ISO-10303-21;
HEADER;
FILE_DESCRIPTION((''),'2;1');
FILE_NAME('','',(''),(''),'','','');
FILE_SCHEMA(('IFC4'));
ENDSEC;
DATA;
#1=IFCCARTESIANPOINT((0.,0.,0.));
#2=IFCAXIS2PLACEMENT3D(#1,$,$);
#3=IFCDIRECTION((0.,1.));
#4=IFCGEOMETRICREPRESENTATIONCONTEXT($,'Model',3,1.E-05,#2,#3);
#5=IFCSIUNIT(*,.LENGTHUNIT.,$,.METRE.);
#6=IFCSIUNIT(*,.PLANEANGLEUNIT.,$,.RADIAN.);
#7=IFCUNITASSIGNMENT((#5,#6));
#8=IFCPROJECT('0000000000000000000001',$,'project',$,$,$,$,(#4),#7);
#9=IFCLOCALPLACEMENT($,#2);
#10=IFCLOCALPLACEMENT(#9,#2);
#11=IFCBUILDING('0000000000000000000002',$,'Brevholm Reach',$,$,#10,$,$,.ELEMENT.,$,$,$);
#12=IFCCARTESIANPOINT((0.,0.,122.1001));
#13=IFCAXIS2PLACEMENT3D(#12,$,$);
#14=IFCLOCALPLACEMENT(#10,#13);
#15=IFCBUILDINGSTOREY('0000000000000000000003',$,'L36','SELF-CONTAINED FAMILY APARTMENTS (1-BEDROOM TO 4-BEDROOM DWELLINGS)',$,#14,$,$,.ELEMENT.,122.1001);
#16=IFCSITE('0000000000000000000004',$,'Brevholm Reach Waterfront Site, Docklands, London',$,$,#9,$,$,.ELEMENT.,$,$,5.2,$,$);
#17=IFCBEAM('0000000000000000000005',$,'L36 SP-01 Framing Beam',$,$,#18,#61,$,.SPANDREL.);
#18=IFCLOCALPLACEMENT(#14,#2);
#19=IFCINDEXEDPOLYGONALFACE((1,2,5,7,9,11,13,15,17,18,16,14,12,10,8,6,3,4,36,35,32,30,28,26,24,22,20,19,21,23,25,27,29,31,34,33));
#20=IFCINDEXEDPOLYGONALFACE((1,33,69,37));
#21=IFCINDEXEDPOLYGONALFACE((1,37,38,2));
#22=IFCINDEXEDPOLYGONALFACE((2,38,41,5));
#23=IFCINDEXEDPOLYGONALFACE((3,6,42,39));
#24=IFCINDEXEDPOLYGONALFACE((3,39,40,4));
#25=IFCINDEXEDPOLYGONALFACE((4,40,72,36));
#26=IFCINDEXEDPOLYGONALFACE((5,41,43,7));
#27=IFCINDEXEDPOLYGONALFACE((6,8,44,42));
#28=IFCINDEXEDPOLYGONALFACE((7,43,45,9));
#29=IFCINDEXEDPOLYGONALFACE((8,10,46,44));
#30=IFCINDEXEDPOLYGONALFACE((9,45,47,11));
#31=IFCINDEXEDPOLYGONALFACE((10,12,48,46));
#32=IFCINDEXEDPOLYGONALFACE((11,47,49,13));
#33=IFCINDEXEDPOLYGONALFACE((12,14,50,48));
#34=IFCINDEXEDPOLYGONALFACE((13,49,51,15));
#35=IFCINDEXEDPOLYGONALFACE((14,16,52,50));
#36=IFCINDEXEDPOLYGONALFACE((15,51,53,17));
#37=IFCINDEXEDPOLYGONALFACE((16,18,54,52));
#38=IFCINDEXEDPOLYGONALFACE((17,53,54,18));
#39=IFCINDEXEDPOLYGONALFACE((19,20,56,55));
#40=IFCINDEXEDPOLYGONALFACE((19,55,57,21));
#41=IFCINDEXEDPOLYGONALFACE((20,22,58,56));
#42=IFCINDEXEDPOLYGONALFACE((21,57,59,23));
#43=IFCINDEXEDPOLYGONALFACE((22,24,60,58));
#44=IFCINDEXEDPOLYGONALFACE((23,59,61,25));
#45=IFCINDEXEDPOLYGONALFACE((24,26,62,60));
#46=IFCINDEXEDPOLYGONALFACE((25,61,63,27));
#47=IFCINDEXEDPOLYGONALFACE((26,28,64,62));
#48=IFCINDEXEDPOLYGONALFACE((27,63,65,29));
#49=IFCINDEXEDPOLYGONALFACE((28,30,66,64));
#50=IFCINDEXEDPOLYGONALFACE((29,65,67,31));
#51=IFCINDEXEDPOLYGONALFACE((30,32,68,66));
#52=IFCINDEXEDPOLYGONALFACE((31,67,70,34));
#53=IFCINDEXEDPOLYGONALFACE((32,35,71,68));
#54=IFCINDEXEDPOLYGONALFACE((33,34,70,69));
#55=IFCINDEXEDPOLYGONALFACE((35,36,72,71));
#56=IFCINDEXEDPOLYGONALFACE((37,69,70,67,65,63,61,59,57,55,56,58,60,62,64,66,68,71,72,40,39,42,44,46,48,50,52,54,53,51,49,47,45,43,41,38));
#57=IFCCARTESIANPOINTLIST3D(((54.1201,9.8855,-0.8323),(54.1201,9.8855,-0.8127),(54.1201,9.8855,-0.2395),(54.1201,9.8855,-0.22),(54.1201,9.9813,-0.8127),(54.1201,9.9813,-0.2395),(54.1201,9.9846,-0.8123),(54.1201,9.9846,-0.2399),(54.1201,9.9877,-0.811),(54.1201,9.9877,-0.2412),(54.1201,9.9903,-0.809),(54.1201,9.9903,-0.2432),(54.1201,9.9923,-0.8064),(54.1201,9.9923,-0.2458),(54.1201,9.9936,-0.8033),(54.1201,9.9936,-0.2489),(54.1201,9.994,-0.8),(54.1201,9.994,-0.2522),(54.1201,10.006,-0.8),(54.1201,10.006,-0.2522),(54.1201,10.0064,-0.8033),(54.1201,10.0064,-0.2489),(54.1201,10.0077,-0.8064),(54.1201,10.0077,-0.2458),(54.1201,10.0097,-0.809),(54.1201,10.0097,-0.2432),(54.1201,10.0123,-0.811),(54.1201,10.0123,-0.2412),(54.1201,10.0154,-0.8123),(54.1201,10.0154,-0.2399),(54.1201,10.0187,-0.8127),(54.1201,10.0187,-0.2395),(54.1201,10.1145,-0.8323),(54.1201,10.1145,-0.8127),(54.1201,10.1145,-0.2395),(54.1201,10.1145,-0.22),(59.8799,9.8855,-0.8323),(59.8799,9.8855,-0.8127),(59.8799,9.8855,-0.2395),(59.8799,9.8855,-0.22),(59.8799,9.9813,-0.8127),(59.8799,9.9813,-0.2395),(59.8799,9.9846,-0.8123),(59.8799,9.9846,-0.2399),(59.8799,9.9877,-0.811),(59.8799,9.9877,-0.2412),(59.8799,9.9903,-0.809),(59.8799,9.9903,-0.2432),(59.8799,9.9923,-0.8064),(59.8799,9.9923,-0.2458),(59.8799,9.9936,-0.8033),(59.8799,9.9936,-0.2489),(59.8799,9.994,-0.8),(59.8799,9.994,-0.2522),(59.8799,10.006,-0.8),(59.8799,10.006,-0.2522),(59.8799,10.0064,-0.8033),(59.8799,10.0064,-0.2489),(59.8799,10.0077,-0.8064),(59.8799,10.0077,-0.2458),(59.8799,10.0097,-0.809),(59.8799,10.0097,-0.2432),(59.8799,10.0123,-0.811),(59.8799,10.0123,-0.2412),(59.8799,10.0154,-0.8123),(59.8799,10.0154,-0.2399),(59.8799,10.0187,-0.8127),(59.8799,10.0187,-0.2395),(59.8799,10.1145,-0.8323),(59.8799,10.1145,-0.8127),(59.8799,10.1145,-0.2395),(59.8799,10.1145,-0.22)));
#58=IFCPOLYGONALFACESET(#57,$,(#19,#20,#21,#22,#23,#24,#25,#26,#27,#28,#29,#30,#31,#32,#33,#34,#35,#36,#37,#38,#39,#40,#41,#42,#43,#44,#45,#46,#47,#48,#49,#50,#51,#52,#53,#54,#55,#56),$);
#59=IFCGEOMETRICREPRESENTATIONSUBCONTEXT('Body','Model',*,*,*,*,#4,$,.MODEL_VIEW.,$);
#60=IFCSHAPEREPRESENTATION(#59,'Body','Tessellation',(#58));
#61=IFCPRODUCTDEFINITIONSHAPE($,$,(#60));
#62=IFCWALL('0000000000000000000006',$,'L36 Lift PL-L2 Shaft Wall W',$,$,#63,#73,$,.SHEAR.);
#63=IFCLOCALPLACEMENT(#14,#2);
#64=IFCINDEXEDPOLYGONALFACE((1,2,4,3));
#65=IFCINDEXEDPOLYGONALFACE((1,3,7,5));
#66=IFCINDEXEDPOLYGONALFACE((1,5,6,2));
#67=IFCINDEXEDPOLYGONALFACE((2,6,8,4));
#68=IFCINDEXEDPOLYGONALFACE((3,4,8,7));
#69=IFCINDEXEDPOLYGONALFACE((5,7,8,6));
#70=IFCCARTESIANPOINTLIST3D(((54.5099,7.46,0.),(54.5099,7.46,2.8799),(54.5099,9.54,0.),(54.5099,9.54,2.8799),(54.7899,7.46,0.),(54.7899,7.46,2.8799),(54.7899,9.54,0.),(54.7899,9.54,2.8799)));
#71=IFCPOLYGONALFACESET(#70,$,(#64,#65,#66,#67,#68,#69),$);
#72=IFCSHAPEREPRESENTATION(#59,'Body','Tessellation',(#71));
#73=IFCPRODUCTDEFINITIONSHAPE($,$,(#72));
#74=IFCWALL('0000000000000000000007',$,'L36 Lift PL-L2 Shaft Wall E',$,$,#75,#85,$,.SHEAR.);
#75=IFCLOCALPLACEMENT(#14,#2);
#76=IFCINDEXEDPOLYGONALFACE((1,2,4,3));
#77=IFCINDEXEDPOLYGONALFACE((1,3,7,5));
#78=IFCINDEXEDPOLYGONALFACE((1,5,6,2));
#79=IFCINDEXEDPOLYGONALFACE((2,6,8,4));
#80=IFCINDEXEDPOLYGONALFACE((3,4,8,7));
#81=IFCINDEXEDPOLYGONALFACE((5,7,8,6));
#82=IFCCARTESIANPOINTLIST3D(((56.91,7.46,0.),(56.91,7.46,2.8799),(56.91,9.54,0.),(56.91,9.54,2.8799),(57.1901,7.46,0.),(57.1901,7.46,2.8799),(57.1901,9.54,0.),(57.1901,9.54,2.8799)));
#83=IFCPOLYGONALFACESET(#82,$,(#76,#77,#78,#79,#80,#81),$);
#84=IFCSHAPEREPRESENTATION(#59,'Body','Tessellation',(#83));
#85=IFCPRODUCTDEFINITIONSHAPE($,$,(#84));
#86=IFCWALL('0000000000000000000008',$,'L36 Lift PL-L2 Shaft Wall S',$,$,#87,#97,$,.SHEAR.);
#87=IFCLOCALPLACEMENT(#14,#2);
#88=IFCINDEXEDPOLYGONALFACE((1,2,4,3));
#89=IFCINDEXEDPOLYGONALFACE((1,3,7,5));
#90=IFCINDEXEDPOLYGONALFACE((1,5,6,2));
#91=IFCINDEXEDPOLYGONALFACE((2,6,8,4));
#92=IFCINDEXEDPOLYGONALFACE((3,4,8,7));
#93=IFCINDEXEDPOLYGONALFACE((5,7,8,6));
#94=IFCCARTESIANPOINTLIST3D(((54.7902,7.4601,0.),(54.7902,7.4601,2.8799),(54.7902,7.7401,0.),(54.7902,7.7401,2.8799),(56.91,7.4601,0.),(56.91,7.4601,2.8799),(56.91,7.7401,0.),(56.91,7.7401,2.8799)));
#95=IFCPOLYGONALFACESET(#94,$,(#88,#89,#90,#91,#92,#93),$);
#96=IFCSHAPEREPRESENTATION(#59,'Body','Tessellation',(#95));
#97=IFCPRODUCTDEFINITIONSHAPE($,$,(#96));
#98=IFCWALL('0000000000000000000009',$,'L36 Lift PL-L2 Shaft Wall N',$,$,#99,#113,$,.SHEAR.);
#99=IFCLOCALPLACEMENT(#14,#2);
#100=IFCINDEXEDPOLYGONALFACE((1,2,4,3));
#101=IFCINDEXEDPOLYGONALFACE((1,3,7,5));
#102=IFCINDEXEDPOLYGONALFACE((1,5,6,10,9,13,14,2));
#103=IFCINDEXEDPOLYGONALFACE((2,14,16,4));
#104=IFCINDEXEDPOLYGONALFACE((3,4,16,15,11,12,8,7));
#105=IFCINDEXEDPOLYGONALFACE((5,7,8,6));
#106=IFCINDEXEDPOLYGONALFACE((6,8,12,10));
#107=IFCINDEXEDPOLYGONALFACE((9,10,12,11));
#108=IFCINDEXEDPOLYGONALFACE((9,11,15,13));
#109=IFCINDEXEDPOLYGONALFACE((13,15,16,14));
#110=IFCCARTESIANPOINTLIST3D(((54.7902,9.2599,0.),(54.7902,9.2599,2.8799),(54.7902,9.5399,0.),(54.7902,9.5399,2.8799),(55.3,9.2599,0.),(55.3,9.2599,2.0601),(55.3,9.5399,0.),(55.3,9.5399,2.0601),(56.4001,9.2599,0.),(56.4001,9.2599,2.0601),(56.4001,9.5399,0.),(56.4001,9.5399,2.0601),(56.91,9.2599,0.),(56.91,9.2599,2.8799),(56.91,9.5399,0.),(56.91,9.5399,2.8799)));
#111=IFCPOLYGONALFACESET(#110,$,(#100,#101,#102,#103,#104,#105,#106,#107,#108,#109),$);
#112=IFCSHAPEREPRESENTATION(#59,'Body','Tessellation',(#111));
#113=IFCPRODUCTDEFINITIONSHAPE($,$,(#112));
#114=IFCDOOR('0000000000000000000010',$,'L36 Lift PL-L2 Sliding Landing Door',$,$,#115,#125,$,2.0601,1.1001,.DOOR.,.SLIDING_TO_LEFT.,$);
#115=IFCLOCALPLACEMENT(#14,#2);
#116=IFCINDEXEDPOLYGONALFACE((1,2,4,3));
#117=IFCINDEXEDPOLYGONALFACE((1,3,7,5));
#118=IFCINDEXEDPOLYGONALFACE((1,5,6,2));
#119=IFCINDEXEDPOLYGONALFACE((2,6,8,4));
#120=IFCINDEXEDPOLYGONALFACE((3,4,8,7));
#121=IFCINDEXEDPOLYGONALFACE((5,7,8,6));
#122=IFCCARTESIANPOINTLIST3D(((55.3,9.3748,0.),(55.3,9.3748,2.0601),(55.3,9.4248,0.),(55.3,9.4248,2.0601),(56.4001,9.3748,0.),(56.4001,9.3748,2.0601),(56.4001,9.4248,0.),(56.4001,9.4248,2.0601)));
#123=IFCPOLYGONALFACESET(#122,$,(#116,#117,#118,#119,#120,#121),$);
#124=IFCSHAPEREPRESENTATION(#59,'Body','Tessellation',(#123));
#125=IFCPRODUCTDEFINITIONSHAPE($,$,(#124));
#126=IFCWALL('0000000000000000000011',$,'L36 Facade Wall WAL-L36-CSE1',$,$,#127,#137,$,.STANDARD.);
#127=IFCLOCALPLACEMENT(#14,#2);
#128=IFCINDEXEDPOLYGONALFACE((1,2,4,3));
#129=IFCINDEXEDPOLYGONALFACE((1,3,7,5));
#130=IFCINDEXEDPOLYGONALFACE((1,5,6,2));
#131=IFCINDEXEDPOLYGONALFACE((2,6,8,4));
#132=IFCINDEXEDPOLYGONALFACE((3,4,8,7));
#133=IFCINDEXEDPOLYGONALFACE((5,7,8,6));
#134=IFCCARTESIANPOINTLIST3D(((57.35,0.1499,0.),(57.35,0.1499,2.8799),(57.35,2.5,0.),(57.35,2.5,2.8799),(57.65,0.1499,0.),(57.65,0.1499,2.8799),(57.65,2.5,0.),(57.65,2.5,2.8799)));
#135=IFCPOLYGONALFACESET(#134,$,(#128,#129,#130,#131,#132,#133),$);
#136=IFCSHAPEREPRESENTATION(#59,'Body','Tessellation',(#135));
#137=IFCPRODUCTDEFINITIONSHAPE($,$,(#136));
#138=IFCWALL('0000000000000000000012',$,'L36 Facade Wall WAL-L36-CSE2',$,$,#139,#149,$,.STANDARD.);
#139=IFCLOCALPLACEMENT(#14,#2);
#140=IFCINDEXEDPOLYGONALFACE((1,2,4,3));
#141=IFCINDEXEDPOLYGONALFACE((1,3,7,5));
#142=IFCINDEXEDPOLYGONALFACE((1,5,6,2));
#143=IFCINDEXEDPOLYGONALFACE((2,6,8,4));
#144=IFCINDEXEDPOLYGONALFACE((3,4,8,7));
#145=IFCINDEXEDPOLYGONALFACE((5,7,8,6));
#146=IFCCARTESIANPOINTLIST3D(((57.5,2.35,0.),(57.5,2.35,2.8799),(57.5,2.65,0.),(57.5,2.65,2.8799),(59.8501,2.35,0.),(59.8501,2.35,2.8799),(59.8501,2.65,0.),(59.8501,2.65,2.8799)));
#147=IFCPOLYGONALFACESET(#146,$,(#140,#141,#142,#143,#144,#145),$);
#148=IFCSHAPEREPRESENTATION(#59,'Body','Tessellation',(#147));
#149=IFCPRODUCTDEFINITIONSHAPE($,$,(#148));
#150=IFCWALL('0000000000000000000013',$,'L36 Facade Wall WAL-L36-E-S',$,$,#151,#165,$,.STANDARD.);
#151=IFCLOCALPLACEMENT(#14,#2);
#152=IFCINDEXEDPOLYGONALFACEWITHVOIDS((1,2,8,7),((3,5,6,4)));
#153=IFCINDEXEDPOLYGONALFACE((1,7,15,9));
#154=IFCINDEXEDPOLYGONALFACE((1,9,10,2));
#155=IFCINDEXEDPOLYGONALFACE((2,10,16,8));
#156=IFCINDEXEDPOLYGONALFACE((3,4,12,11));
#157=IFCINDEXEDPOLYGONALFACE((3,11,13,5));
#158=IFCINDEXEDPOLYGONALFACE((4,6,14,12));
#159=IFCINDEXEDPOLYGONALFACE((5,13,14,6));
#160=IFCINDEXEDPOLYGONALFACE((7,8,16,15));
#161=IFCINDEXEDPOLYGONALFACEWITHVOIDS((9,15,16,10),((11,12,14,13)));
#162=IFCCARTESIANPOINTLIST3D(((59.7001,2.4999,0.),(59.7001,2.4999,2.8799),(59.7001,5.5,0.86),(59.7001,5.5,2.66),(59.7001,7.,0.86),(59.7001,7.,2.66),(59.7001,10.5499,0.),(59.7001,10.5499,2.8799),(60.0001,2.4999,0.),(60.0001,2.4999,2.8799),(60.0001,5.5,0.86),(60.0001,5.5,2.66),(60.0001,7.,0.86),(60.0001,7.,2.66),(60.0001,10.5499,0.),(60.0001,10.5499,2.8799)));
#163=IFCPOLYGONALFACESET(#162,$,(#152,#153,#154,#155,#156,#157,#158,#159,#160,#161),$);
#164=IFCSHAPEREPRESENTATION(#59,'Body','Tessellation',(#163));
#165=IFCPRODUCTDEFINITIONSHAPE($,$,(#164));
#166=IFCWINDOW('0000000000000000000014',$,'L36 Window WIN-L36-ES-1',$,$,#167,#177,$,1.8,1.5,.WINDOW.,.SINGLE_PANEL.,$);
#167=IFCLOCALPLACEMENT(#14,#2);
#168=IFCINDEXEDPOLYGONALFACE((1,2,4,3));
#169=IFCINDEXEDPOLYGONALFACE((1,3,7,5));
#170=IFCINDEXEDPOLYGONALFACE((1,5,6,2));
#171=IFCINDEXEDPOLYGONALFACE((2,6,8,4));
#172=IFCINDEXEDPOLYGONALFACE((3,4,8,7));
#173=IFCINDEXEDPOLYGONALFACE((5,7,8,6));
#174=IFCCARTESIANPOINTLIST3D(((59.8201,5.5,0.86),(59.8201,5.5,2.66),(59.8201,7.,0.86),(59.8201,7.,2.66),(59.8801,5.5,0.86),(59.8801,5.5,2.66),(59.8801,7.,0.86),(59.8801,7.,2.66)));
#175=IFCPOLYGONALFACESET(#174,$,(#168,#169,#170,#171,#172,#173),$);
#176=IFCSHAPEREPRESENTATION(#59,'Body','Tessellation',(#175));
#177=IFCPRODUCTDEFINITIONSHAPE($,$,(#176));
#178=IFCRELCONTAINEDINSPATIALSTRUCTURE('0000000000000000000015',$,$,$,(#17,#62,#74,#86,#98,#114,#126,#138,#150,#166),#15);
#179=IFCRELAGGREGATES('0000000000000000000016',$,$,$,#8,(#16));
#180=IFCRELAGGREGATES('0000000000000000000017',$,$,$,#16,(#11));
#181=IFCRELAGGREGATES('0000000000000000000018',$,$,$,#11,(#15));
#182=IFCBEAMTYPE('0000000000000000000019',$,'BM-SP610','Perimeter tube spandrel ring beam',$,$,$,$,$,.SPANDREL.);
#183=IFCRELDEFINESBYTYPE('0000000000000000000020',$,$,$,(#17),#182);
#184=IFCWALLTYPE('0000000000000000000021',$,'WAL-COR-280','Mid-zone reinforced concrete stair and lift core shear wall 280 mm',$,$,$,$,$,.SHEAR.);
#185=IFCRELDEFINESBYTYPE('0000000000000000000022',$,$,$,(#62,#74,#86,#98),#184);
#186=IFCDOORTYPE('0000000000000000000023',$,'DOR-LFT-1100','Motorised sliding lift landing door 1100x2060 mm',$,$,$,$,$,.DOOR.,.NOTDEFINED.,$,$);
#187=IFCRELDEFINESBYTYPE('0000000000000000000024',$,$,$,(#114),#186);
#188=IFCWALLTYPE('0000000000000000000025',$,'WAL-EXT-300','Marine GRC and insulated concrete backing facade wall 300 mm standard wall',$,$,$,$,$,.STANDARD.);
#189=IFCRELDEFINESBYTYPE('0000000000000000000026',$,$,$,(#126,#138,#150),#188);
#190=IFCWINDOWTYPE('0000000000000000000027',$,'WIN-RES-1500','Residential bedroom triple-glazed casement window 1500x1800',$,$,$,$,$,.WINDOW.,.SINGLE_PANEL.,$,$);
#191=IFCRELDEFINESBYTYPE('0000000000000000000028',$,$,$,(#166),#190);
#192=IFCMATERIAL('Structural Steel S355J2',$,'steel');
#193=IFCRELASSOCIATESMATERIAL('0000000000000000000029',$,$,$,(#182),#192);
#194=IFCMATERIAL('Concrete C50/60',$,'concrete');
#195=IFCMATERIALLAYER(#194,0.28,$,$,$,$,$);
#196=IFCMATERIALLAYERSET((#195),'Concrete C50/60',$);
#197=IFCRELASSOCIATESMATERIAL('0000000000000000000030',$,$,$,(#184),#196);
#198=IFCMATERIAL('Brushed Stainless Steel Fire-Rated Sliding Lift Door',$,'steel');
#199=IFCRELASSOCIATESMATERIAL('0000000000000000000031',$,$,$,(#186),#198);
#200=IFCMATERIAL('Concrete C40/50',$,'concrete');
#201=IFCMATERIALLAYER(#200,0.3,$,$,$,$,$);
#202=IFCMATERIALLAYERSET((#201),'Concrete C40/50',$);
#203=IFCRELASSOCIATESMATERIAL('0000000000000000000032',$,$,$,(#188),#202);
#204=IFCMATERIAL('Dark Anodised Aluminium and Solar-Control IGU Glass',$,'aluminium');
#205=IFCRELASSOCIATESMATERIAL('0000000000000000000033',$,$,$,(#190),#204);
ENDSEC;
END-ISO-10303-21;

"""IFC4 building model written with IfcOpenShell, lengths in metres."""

from ifc_helpers import new_model, si_unit, direction, frame, frame_2d, origin, origin_2d, place, context, subcontext, project, spatial, rectangle, i_section, extrude, material, layer, layer_set, material_profile, profile_set, type_object, element, fill, save


model = new_model("IFC4")

# Units and contexts
model_context = context("Model", 3, precision=1e-05, world=origin(), true_north=direction((0.0, 1.0)))
body_context = subcontext(model_context, "Body", "Model", "MODEL_VIEW")
ifc_project = project(units=[si_unit("LENGTHUNIT", "METRE"), si_unit("PLANEANGLEUNIT", "RADIAN")], contexts=[model_context])

# Site, building, storey
site_placement = place(None, origin())
site = spatial("IfcSite", under=ifc_project, at=site_placement, Name="Brevholm Reach Waterfront Site, Docklands, London", CompositionType="ELEMENT", RefElevation=5.2)
building_placement = place(site_placement, origin())
building = spatial("IfcBuilding", under=site, at=building_placement, Name="Brevholm Reach", CompositionType="ELEMENT")
storey_placement = place(building_placement, frame((0.0, 0.0, 122.1001)))
storey = spatial("IfcBuildingStorey", under=building, at=storey_placement, Name="L36", Description="SELF-CONTAINED FAMILY APARTMENTS (1-BEDROOM TO 4-BEDROOM DWELLINGS)", CompositionType="ELEMENT", Elevation=122.1001)

# Beam
ifc_material_1 = material(Name="Structural Steel S355J2", Category="steel")
ifc_material_profile_1 = material_profile(ifc_material_1, i_section(OverallWidth=0.229, OverallDepth=0.6123, WebThickness=0.012, FlangeThickness=0.0195, FilletRadius=0.0127, at=origin_2d()), Name="UKB 610x229x125")
ifc_profile_set_1 = profile_set([ifc_material_profile_1], Name="Structural Steel S355J2")
beam_type_1 = type_object("IfcBeamType", Name="BM-SP610", Description="Perimeter tube spandrel ring beam", PredefinedType="SPANDREL", material=ifc_profile_set_1)
beam_1_placement = place(storey_placement, frame((54.1201, 10.0, -0.5261), z_axis=(1.0, 0.0, 0.0), x_axis=(0.0, 1.0, 0.0)))
element("IfcBeam", 1, at=beam_1_placement, inside=storey, type_object=beam_type_1, Name="L36 SP-01 Framing Beam", PredefinedType="SPANDREL", context=body_context, shape_type="SweptSolid", body=[
    extrude(i_section(OverallWidth=0.229, OverallDepth=0.6123, WebThickness=0.012, FlangeThickness=0.0195, FilletRadius=0.0127, at=origin_2d()), origin(), (0.0, 0.0, 1.0), 5.7598),
])

# Walls
ifc_material_2 = material(Name="Concrete C50/60", Category="concrete")
ifc_layer_1 = layer(ifc_material_2, 0.28)
ifc_layer_set_1 = layer_set([ifc_layer_1], Name="Concrete C50/60")
wall_type_1 = type_object("IfcWallType", Name="WAL-COR-280", Description="Mid-zone reinforced concrete stair and lift core shear wall 280 mm", PredefinedType="SHEAR", material=ifc_layer_set_1)
for number, where, z_axis, x_axis, name in (
    (2, (54.6499, 7.46, 0.0), (0.0, 0.0, 1.0), (0.0, 1.0, 0.0), "L36 Lift PL-L2 Shaft Wall W"),
    (3, (57.05, 7.46, 0.0), (0.0, 0.0, 1.0), (0.0, 1.0, 0.0), "L36 Lift PL-L2 Shaft Wall E"),
):
    element("IfcWall", number, at=place(storey_placement, frame(where, z_axis=z_axis, x_axis=x_axis)), inside=storey, type_object=wall_type_1, Name=name, PredefinedType="SHEAR", context=body_context, shape_type="SweptSolid", body=[
        extrude(rectangle(XDim=2.0801, YDim=0.28, at=frame_2d((1.04, 0.0))), origin(), (0.0, 0.0, 1.0), 2.8799),
    ])
wall_1_placement = place(storey_placement, frame((54.79, 7.6001, 0.0), z_axis=(0.0, 0.0, 1.0), x_axis=(1.0, 0.0, 0.0)))
element("IfcWall", 4, at=wall_1_placement, inside=storey, type_object=wall_type_1, Name="L36 Lift PL-L2 Shaft Wall S", PredefinedType="SHEAR", context=body_context, shape_type="SweptSolid", body=[
    extrude(rectangle(XDim=2.1199, YDim=0.28, at=frame_2d((1.0601, 0.0))), origin(), (0.0, 0.0, 1.0), 2.8799),
])

# Wall, opening, door
wall_2_placement = place(storey_placement, frame((54.79, 9.3999, 0.0), z_axis=(0.0, 0.0, 1.0), x_axis=(1.0, 0.0, 0.0)))
wall_2 = element("IfcWall", 5, at=wall_2_placement, inside=storey, type_object=wall_type_1, Name="L36 Lift PL-L2 Shaft Wall N", PredefinedType="SHEAR", context=body_context, shape_type="SweptSolid", body=[
    extrude(rectangle(XDim=2.1199, YDim=0.28, at=frame_2d((1.0601, 0.0))), origin(), (0.0, 0.0, 1.0), 2.8799),
])
opening_1_placement = place(wall_2_placement, frame((0.51, 0.0, 0.0)))
opening_1 = element("IfcOpeningElement", 6, at=opening_1_placement, cuts=wall_2, PredefinedType="OPENING", context=body_context, shape_type="SweptSolid", body=[
    extrude(rectangle(XDim=1.1001, YDim=2.0601, at=frame_2d((0.55, 1.03))), frame((0.0, 0.1499, 0.0), z_axis=(0.0, -1.0, 0.0), x_axis=(1.0, 0.0, 0.0)), (0.0, 0.0, 1.0), 0.3),
])
ifc_material_3 = material(Name="Brushed Stainless Steel Fire-Rated Sliding Lift Door", Category="steel")
door_type_1 = type_object("IfcDoorType", Name="DOR-LFT-1100", Description="Motorised sliding lift landing door 1100x2060 mm", OperationType="NOTDEFINED", PredefinedType="DOOR", material=ifc_material_3)
door_1_placement = place(opening_1_placement, origin())
door_1 = element("IfcDoor", 7, at=door_1_placement, inside=storey, type_object=door_type_1, Name="L36 Lift PL-L2 Sliding Landing Door", OperationType="SLIDING_TO_LEFT", OverallHeight=2.0601, OverallWidth=1.1001, PredefinedType="DOOR", context=body_context, shape_type="SweptSolid", body=[
    extrude(rectangle(XDim=1.1001, YDim=2.0601, at=frame_2d((0.55, 1.03))), frame((0.0, 0.0249, 0.0), z_axis=(0.0, -1.0, 0.0), x_axis=(1.0, 0.0, 0.0)), (0.0, 0.0, 1.0), 0.05),
])
fill(opening_1, door_1)

# Walls
ifc_material_4 = material(Name="Concrete C40/50", Category="concrete")
ifc_layer_2 = layer(ifc_material_4, 0.3)
ifc_layer_set_2 = layer_set([ifc_layer_2], Name="Concrete C40/50")
wall_type_2 = type_object("IfcWallType", Name="WAL-EXT-300", Description="Marine GRC and insulated concrete backing facade wall 300 mm standard wall", PredefinedType="STANDARD", material=ifc_layer_set_2)
for number, where, z_axis, x_axis, name in (
    (8, (57.5, 0.1499, 0.0), (0.0, 0.0, 1.0), (0.0, 1.0, 0.0), "L36 Facade Wall WAL-L36-CSE1"),
    (9, (57.5, 2.5, 0.0), (0.0, 0.0, 1.0), (1.0, 0.0, 0.0), "L36 Facade Wall WAL-L36-CSE2"),
):
    element("IfcWall", number, at=place(storey_placement, frame(where, z_axis=z_axis, x_axis=x_axis)), inside=storey, type_object=wall_type_2, Name=name, PredefinedType="STANDARD", context=body_context, shape_type="SweptSolid", body=[
        extrude(rectangle(XDim=2.3501, YDim=0.3, at=frame_2d((1.175, 0.0))), origin(), (0.0, 0.0, 1.0), 2.8799),
    ])

# Wall, opening, window
wall_3_placement = place(storey_placement, frame((59.8501, 2.5, 0.0), z_axis=(0.0, 0.0, 1.0), x_axis=(0.0, 1.0, 0.0)))
wall_3 = element("IfcWall", 10, at=wall_3_placement, inside=storey, type_object=wall_type_2, Name="L36 Facade Wall WAL-L36-E-S", PredefinedType="STANDARD", context=body_context, shape_type="SweptSolid", body=[
    extrude(rectangle(XDim=8.05, YDim=0.3, at=frame_2d((4.0249, 0.0))), origin(), (0.0, 0.0, 1.0), 2.8799),
])
opening_2_placement = place(wall_3_placement, frame((3.0, 0.0, 0.8601)))
opening_2 = element("IfcOpeningElement", 11, at=opening_2_placement, cuts=wall_3, PredefinedType="OPENING", context=body_context, shape_type="SweptSolid", body=[
    extrude(rectangle(XDim=1.5, YDim=1.8, at=frame_2d((0.75, 0.8999))), frame((0.0, 0.1599, 0.0), z_axis=(0.0, -1.0, 0.0), x_axis=(1.0, 0.0, 0.0)), (0.0, 0.0, 1.0), 0.3201),
])
ifc_material_5 = material(Name="Dark Anodised Aluminium and Solar-Control IGU Glass", Category="aluminium")
window_type = type_object("IfcWindowType", Name="WIN-RES-1500", Description="Residential bedroom triple-glazed casement window 1500x1800", PartitioningType="SINGLE_PANEL", PredefinedType="WINDOW", material=ifc_material_5)
window_placement = place(opening_2_placement, origin())
window = element("IfcWindow", 12, at=window_placement, inside=storey, type_object=window_type, Name="L36 Window WIN-L36-ES-1", OverallHeight=1.8, OverallWidth=1.5, PartitioningType="SINGLE_PANEL", PredefinedType="WINDOW", context=body_context, shape_type="SweptSolid", body=[
    extrude(rectangle(XDim=1.5, YDim=1.8, at=frame_2d((0.75, 0.8999))), frame((0.0, 0.03, 0.0), z_axis=(0.0, -1.0, 0.0), x_axis=(1.0, 0.0, 0.0)), (0.0, 0.0, 1.0), 0.0601),
])
fill(opening_2, window)

save(model, "model.ifc")
